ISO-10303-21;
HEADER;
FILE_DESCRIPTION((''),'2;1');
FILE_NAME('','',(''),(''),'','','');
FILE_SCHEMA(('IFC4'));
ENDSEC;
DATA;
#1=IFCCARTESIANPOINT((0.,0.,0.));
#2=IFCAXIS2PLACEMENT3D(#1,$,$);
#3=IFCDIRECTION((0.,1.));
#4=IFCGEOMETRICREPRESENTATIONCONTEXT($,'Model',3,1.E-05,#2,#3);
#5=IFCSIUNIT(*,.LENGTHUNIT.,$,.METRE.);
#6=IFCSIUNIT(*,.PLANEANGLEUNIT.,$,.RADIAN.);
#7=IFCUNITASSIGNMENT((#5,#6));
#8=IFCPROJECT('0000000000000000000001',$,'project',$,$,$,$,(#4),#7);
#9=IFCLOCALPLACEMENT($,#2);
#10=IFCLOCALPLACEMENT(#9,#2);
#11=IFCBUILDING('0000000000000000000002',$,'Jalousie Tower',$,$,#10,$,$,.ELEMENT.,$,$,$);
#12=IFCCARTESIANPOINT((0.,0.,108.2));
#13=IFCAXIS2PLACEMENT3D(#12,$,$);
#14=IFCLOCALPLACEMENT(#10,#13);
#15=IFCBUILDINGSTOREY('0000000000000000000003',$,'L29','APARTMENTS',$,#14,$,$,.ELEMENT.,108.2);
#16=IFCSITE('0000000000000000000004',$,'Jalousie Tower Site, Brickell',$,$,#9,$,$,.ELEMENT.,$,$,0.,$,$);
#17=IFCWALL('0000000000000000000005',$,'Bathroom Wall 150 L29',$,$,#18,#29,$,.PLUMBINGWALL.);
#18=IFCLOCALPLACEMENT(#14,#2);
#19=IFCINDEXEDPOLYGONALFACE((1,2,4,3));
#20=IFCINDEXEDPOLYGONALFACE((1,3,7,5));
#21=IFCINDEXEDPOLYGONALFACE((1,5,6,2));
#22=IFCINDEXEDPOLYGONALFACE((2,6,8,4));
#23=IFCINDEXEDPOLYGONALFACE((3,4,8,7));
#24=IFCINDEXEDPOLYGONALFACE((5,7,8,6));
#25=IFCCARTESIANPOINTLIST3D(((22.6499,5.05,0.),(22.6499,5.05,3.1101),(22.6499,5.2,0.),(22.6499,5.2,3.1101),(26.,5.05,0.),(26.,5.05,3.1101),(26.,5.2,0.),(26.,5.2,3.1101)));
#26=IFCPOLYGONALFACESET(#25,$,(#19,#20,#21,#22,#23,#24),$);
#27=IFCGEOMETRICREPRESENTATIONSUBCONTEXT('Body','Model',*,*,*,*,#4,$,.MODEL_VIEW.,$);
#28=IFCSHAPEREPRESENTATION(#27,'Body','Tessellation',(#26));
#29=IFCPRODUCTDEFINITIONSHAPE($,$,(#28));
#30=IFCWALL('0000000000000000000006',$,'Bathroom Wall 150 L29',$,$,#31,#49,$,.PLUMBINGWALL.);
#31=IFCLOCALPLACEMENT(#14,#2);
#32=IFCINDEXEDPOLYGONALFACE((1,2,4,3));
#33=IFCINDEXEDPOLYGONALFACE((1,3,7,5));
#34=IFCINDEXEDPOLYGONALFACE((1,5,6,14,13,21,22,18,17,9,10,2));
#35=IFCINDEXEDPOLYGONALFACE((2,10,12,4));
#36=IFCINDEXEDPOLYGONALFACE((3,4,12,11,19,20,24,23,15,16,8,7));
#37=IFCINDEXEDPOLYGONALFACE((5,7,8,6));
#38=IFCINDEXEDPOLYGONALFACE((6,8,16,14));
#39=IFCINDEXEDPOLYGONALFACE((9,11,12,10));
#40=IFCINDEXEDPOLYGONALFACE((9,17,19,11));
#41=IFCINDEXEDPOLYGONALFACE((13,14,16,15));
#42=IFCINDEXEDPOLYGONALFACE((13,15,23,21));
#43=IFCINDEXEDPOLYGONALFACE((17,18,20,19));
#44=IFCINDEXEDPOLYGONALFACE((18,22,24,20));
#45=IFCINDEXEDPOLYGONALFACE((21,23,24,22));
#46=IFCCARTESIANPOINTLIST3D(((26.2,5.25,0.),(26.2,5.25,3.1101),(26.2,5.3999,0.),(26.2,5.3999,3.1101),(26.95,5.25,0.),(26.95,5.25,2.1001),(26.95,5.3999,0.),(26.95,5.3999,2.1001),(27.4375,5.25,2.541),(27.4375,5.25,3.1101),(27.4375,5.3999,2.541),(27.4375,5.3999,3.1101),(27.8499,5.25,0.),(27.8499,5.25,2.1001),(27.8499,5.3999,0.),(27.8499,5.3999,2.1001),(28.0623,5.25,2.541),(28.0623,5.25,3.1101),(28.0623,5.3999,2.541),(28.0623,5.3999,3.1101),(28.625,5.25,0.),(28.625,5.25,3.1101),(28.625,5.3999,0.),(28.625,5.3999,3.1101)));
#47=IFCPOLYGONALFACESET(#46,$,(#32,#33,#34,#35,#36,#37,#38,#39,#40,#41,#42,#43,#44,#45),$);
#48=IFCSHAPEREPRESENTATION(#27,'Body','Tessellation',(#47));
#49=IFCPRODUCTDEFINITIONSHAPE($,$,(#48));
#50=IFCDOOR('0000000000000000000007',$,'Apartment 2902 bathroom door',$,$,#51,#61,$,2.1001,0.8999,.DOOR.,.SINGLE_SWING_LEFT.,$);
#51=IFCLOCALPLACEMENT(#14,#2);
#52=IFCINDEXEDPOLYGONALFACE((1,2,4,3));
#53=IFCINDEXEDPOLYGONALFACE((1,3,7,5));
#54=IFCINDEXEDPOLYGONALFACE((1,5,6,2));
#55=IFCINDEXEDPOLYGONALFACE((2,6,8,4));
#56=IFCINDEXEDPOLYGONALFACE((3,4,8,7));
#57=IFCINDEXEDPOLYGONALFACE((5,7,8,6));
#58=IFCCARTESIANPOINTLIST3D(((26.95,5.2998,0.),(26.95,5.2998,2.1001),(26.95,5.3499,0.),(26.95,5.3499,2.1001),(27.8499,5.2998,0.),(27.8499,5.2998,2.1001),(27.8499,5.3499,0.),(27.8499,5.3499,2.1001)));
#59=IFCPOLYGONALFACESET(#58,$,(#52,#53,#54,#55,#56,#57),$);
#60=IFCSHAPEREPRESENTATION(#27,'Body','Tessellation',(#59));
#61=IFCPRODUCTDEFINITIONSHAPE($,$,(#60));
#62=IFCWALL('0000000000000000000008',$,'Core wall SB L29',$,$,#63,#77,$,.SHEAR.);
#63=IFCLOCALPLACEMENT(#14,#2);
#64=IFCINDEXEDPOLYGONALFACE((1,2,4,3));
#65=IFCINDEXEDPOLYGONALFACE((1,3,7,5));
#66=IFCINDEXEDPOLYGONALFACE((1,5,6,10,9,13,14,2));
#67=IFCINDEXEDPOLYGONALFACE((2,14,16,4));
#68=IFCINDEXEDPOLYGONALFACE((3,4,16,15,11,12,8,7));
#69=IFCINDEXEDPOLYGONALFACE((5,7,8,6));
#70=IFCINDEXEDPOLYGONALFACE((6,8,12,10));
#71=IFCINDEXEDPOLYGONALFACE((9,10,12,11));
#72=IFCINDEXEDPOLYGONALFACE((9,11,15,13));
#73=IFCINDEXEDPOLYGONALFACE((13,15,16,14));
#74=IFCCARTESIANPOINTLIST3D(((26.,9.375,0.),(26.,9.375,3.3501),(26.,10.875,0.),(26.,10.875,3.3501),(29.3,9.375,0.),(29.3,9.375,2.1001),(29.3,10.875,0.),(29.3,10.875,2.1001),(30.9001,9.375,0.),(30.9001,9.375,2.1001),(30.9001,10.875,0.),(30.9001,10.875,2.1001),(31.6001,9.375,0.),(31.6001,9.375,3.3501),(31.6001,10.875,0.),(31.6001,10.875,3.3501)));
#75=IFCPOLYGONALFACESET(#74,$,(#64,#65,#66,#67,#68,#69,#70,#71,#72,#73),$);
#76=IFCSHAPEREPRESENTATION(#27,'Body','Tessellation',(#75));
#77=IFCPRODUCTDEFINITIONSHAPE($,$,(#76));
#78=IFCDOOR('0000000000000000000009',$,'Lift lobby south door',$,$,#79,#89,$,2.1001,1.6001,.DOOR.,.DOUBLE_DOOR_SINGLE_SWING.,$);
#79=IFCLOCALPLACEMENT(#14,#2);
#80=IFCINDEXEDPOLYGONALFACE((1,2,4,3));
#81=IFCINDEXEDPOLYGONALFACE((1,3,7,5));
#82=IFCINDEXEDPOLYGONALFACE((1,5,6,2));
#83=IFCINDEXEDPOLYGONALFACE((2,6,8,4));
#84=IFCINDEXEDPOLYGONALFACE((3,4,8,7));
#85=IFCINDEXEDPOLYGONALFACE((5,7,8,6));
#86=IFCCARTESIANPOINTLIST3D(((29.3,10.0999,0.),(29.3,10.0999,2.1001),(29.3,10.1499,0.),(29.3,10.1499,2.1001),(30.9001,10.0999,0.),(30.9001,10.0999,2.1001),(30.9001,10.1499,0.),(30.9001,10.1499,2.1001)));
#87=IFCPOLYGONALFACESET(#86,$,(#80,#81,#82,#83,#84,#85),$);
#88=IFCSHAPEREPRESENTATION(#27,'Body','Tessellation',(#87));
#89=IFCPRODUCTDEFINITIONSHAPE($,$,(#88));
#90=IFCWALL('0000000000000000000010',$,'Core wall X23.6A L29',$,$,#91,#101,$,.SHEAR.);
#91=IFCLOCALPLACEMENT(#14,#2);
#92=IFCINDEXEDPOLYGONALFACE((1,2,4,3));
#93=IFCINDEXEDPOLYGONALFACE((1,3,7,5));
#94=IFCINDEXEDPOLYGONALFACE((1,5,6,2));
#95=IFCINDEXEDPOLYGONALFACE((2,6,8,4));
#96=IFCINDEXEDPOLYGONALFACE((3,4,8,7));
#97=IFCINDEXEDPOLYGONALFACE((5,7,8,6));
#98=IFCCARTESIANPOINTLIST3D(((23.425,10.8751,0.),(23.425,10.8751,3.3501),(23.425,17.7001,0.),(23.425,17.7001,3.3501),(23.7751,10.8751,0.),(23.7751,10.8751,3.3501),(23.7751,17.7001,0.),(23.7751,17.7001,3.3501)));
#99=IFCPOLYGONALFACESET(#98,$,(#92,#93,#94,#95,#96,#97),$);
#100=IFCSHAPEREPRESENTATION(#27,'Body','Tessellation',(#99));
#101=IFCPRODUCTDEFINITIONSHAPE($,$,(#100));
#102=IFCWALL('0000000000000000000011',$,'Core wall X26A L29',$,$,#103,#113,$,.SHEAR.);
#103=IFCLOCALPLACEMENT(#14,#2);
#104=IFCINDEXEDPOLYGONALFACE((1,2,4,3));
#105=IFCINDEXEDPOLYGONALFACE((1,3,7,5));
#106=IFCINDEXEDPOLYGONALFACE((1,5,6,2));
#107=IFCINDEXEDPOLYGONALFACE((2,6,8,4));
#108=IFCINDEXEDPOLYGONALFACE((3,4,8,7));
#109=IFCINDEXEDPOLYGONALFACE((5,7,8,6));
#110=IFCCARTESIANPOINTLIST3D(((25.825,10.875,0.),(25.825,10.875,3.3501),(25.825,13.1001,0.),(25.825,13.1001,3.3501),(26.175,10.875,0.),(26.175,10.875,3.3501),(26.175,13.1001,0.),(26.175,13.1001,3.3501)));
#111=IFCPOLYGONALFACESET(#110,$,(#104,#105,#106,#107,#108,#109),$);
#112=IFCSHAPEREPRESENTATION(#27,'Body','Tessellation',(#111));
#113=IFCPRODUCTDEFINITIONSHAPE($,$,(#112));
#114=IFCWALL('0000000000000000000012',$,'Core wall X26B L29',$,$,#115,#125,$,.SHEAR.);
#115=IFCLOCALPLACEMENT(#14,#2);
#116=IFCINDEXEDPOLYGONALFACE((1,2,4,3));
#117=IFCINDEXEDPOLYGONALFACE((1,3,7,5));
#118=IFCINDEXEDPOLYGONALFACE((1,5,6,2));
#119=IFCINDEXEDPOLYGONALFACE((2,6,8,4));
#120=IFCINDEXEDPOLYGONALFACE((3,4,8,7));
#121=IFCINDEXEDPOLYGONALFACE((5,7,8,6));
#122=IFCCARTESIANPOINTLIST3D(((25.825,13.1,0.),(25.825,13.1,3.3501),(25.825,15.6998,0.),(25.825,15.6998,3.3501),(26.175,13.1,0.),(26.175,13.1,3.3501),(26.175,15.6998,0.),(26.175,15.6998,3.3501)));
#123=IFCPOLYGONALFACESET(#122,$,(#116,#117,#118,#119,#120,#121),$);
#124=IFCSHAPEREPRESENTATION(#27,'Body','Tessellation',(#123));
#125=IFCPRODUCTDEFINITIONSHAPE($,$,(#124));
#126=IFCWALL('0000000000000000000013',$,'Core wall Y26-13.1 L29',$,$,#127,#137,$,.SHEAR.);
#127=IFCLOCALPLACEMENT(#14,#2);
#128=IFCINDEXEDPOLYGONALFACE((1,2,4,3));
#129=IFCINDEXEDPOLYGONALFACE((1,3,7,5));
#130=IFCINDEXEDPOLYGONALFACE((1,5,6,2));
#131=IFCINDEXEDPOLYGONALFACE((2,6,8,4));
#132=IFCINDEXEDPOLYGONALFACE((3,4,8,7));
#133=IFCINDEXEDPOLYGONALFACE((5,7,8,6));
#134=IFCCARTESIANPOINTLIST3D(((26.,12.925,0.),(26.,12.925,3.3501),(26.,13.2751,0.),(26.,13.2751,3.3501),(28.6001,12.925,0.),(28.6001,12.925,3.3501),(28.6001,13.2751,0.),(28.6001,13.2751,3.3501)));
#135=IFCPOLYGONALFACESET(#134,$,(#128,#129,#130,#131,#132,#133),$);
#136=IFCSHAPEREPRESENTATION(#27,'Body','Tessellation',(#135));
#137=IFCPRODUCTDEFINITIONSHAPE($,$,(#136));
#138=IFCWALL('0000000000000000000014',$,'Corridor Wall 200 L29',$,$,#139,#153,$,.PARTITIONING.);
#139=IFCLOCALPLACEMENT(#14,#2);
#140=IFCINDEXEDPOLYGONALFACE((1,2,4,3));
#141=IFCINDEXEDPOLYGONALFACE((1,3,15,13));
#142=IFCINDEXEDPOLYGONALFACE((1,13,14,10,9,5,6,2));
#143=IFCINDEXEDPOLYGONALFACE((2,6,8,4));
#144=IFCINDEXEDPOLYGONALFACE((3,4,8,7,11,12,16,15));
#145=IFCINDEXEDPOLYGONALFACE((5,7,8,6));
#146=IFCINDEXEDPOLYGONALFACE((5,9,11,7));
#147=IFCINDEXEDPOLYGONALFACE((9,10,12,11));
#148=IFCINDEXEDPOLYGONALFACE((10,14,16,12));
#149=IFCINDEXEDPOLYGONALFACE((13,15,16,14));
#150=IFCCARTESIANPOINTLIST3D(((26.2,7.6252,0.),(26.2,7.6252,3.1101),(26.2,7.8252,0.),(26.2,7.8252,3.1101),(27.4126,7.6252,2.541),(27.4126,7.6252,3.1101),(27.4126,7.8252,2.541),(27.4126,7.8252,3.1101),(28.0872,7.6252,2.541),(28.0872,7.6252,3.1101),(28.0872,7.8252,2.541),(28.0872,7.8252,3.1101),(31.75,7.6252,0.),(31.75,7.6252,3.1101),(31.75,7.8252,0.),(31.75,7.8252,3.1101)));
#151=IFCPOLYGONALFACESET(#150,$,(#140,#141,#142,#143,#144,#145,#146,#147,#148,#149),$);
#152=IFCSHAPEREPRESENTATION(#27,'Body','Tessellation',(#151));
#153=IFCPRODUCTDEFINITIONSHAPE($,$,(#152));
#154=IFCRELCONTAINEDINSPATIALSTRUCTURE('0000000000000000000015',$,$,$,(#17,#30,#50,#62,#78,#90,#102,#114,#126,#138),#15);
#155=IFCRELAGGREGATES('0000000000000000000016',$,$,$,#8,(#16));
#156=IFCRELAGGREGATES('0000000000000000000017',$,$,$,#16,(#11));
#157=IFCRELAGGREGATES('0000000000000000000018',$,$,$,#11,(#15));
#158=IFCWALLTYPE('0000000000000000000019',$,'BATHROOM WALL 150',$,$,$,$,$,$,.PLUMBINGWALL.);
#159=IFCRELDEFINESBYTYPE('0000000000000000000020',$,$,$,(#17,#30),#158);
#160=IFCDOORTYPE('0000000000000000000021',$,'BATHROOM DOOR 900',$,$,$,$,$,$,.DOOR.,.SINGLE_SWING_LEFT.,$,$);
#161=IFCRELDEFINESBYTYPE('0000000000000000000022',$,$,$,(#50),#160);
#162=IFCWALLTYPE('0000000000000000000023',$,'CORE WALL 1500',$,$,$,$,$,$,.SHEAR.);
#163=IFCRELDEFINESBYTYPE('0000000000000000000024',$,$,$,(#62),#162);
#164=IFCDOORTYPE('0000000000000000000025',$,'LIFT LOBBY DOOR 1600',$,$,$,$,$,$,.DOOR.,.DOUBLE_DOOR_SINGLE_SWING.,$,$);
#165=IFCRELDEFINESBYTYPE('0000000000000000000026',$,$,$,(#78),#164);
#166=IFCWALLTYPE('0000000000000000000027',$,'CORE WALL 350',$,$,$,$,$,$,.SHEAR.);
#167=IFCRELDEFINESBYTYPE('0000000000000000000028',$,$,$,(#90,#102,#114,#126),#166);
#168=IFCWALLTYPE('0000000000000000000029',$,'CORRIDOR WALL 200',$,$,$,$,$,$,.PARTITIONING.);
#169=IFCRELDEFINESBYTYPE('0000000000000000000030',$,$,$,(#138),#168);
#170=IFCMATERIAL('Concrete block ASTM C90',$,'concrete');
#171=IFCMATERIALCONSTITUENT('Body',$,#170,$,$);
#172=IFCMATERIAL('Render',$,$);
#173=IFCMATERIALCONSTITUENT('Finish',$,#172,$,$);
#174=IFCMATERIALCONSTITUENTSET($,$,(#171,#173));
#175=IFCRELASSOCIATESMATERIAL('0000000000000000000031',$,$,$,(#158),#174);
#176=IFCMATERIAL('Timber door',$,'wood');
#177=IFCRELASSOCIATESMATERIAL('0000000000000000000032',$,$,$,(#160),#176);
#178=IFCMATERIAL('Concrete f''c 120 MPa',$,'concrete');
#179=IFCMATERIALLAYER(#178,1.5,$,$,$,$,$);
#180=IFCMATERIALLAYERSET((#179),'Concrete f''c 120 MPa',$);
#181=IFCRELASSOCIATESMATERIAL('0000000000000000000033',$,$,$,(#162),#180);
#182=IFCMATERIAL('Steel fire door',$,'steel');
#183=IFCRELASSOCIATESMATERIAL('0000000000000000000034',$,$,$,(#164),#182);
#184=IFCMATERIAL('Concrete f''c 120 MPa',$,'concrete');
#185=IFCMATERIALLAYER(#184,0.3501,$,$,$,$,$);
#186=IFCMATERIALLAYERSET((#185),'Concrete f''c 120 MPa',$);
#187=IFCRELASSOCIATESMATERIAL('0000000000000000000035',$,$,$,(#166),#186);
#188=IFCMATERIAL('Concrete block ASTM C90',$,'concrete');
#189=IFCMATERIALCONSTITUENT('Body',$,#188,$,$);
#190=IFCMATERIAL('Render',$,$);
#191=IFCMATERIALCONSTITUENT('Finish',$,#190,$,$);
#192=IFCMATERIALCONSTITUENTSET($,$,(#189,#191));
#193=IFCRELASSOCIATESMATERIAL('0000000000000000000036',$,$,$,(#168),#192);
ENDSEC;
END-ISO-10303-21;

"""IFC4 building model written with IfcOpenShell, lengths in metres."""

from ifc_helpers import new_model, si_unit, direction, frame, frame_2d, origin, place, context, subcontext, project, spatial, polyline, rectangle, outline, extrude, material, layer, layer_set, constituent, constituent_set, type_object, element, fill, save


model = new_model("IFC4")

# Units and contexts
model_context = context("Model", 3, precision=1e-05, world=origin(), true_north=direction((0.0, 1.0)))
body_context = subcontext(model_context, "Body", "Model", "MODEL_VIEW")
ifc_project = project(units=[si_unit("LENGTHUNIT", "METRE"), si_unit("PLANEANGLEUNIT", "RADIAN")], contexts=[model_context])

# Site, building, storey
site_placement = place(None, origin())
site = spatial("IfcSite", under=ifc_project, at=site_placement, Name="Jalousie Tower Site, Brickell", CompositionType="ELEMENT", RefElevation=0.0)
building_placement = place(site_placement, origin())
building = spatial("IfcBuilding", under=site, at=building_placement, Name="Jalousie Tower", CompositionType="ELEMENT")
storey_placement = place(building_placement, frame((0.0, 0.0, 108.2)))
storey = spatial("IfcBuildingStorey", under=building, at=storey_placement, Name="L29", Description="APARTMENTS", CompositionType="ELEMENT", Elevation=108.2)

# Wall
ifc_material_1 = material(Name="Concrete block ASTM C90", Category="concrete")
ifc_constituent_1 = constituent(ifc_material_1, Name="Body")
ifc_material_2 = material(Name="Render")
ifc_constituent_2 = constituent(ifc_material_2, Name="Finish")
ifc_constituent_set_1 = constituent_set(constituents=[ifc_constituent_1, ifc_constituent_2])
wall_type_1 = type_object("IfcWallType", Name="BATHROOM WALL 150", PredefinedType="PLUMBINGWALL", material=ifc_constituent_set_1)
wall_1_placement = place(storey_placement, frame((22.6499, 5.125, 0.0), z_axis=(0.0, 0.0, 1.0), x_axis=(1.0, 0.0, 0.0)))
element("IfcWall", 1, at=wall_1_placement, inside=storey, type_object=wall_type_1, Name="Bathroom Wall 150 L29", PredefinedType="PLUMBINGWALL", context=body_context, shape_type="SweptSolid", body=[
    extrude(rectangle(XDim=3.3501, YDim=0.1499, at=frame_2d((1.675, 0.0))), origin(), (0.0, 0.0, 1.0), 3.1101),
])

# Walls, openings, doors
wall_2_placement = place(storey_placement, frame((26.2, 5.325, 0.0), z_axis=(0.0, 0.0, 1.0), x_axis=(1.0, 0.0, 0.0)))
wall_2 = element("IfcWall", 2, at=wall_2_placement, inside=storey, type_object=wall_type_1, Name="Bathroom Wall 150 L29", PredefinedType="PLUMBINGWALL", context=body_context, shape_type="SweptSolid", body=[
    extrude(outline(polyline([(0.0, 0.0), (2.425, 0.0), (2.425, 3.1101), (1.8623, 3.1101), (1.8623, 2.541), (1.2375, 2.541), (1.2375, 3.1101), (0.0, 3.1101), (0.0, 0.0)])), frame((0.0, 0.075, 0.0), z_axis=(0.0, -1.0, 0.0), x_axis=(1.0, 0.0, 0.0)), (0.0, 0.0, 1.0), 0.1499),
])
opening_1_placement = place(wall_2_placement, frame((0.75, 0.0, 0.0)))
opening_1 = element("IfcOpeningElement", 3, at=opening_1_placement, cuts=wall_2, PredefinedType="OPENING", context=body_context, shape_type="SweptSolid", body=[
    extrude(rectangle(XDim=0.8999, YDim=2.1001, at=frame_2d((0.45, 1.05))), frame((0.0, 0.085, 0.0), z_axis=(0.0, -1.0, 0.0), x_axis=(1.0, 0.0, 0.0)), (0.0, 0.0, 1.0), 0.1699),
])
ifc_material_3 = material(Name="Timber door", Category="wood")
door_type_1 = type_object("IfcDoorType", Name="BATHROOM DOOR 900", OperationType="SINGLE_SWING_LEFT", PredefinedType="DOOR", material=ifc_material_3)
door_1_placement = place(opening_1_placement, origin())
door_1 = element("IfcDoor", 4, at=door_1_placement, inside=storey, type_object=door_type_1, Name="Apartment 2902 bathroom door", OperationType="SINGLE_SWING_LEFT", OverallHeight=2.1001, OverallWidth=0.8999, PredefinedType="DOOR", context=body_context, shape_type="SweptSolid", body=[
    extrude(rectangle(XDim=0.8999, YDim=2.1001, at=frame_2d((0.45, 1.05))), frame((0.0, 0.0249, 0.0), z_axis=(0.0, -1.0, 0.0), x_axis=(1.0, 0.0, 0.0)), (0.0, 0.0, 1.0), 0.05),
])
fill(opening_1, door_1)
ifc_material_4 = material(Name="Concrete f'c 120 MPa", Category="concrete")
ifc_layer_1 = layer(ifc_material_4, 1.5)
ifc_layer_set_1 = layer_set([ifc_layer_1], Name="Concrete f'c 120 MPa")
wall_type_2 = type_object("IfcWallType", Name="CORE WALL 1500", PredefinedType="SHEAR", material=ifc_layer_set_1)
wall_3_placement = place(storey_placement, frame((26.0, 10.125, 0.0), z_axis=(0.0, 0.0, 1.0), x_axis=(1.0, 0.0, 0.0)))
wall_3 = element("IfcWall", 5, at=wall_3_placement, inside=storey, type_object=wall_type_2, Name="Core wall SB L29", PredefinedType="SHEAR", context=body_context, shape_type="SweptSolid", body=[
    extrude(rectangle(XDim=5.6001, YDim=1.5, at=frame_2d((2.8, 0.0))), origin(), (0.0, 0.0, 1.0), 3.3501),
])
opening_2_placement = place(wall_3_placement, frame((3.3, 0.0, 0.0)))
opening_2 = element("IfcOpeningElement", 6, at=opening_2_placement, cuts=wall_3, PredefinedType="OPENING", context=body_context, shape_type="SweptSolid", body=[
    extrude(rectangle(XDim=1.6001, YDim=2.1001, at=frame_2d((0.8, 1.05))), frame((0.0, 0.76, 0.0), z_axis=(0.0, -1.0, 0.0), x_axis=(1.0, 0.0, 0.0)), (0.0, 0.0, 1.0), 1.52),
])
ifc_material_5 = material(Name="Steel fire door", Category="steel")
door_type_2 = type_object("IfcDoorType", Name="LIFT LOBBY DOOR 1600", OperationType="DOUBLE_DOOR_SINGLE_SWING", PredefinedType="DOOR", material=ifc_material_5)
door_2_placement = place(opening_2_placement, origin())
door_2 = element("IfcDoor", 7, at=door_2_placement, inside=storey, type_object=door_type_2, Name="Lift lobby south door", OperationType="DOUBLE_DOOR_SINGLE_SWING", OverallHeight=2.1001, OverallWidth=1.6001, PredefinedType="DOOR", context=body_context, shape_type="SweptSolid", body=[
    extrude(rectangle(XDim=1.6001, YDim=2.1001, at=frame_2d((0.8, 1.05))), frame((0.0, 0.0249, 0.0), z_axis=(0.0, -1.0, 0.0), x_axis=(1.0, 0.0, 0.0)), (0.0, 0.0, 1.0), 0.05),
])
fill(opening_2, door_2)

# Walls
ifc_material_6 = material(Name="Concrete f'c 120 MPa", Category="concrete")
ifc_layer_2 = layer(ifc_material_6, 0.3501)
ifc_layer_set_2 = layer_set([ifc_layer_2], Name="Concrete f'c 120 MPa")
wall_type_3 = type_object("IfcWallType", Name="CORE WALL 350", PredefinedType="SHEAR", material=ifc_layer_set_2)
wall_4_placement = place(storey_placement, frame((23.6001, 10.875, 0.0), z_axis=(0.0, 0.0, 1.0), x_axis=(0.0, 1.0, 0.0)))
element("IfcWall", 8, at=wall_4_placement, inside=storey, type_object=wall_type_3, Name="Core wall X23.6A L29", PredefinedType="SHEAR", context=body_context, shape_type="SweptSolid", body=[
    extrude(rectangle(XDim=6.825, YDim=0.3501, at=frame_2d((3.4126, 0.0))), origin(), (0.0, 0.0, 1.0), 3.3501),
])
wall_5_placement = place(storey_placement, frame((26.0, 10.875, 0.0), z_axis=(0.0, 0.0, 1.0), x_axis=(0.0, 1.0, 0.0)))
element("IfcWall", 9, at=wall_5_placement, inside=storey, type_object=wall_type_3, Name="Core wall X26A L29", PredefinedType="SHEAR", context=body_context, shape_type="SweptSolid", body=[
    extrude(rectangle(XDim=2.2251, YDim=0.3501, at=frame_2d((1.1125, 0.0))), origin(), (0.0, 0.0, 1.0), 3.3501),
])
wall_6_placement = place(storey_placement, frame((26.0, 13.1001, 0.0), z_axis=(0.0, 0.0, 1.0), x_axis=(0.0, 1.0, 0.0)))
element("IfcWall", 10, at=wall_6_placement, inside=storey, type_object=wall_type_3, Name="Core wall X26B L29", PredefinedType="SHEAR", context=body_context, shape_type="SweptSolid", body=[
    extrude(rectangle(XDim=2.5999, YDim=0.3501, at=frame_2d((1.2998, 0.0))), origin(), (0.0, 0.0, 1.0), 3.3501),
])
wall_7_placement = place(storey_placement, frame((26.0, 13.1001, 0.0), z_axis=(0.0, 0.0, 1.0), x_axis=(1.0, 0.0, 0.0)))
element("IfcWall", 11, at=wall_7_placement, inside=storey, type_object=wall_type_3, Name="Core wall Y26-13.1 L29", PredefinedType="SHEAR", context=body_context, shape_type="SweptSolid", body=[
    extrude(rectangle(XDim=2.6001, YDim=0.3501, at=frame_2d((1.3, 0.0))), origin(), (0.0, 0.0, 1.0), 3.3501),
])
ifc_material_7 = material(Name="Concrete block ASTM C90", Category="concrete")
ifc_constituent_3 = constituent(ifc_material_7, Name="Body")
ifc_material_8 = material(Name="Render")
ifc_constituent_4 = constituent(ifc_material_8, Name="Finish")
ifc_constituent_set_2 = constituent_set(constituents=[ifc_constituent_3, ifc_constituent_4])
wall_type_4 = type_object("IfcWallType", Name="CORRIDOR WALL 200", PredefinedType="PARTITIONING", material=ifc_constituent_set_2)
wall_8_placement = place(storey_placement, frame((26.2, 7.7251, 0.0), z_axis=(0.0, 0.0, 1.0), x_axis=(1.0, 0.0, 0.0)))
element("IfcWall", 12, at=wall_8_placement, inside=storey, type_object=wall_type_4, Name="Corridor Wall 200 L29", PredefinedType="PARTITIONING", context=body_context, shape_type="SweptSolid", body=[
    extrude(outline(polyline([(0.0, 0.0), (5.55, 0.0), (5.55, 3.1101), (1.8872, 3.1101), (1.8872, 2.541), (1.2126, 2.541), (1.2126, 3.1101), (0.0, 3.1101), (0.0, 0.0)])), frame((0.0, 0.1001, 0.0), z_axis=(0.0, -1.0, 0.0), x_axis=(1.0, 0.0, 0.0)), (0.0, 0.0, 1.0), 0.2),
])

save(model, "model.ifc")
